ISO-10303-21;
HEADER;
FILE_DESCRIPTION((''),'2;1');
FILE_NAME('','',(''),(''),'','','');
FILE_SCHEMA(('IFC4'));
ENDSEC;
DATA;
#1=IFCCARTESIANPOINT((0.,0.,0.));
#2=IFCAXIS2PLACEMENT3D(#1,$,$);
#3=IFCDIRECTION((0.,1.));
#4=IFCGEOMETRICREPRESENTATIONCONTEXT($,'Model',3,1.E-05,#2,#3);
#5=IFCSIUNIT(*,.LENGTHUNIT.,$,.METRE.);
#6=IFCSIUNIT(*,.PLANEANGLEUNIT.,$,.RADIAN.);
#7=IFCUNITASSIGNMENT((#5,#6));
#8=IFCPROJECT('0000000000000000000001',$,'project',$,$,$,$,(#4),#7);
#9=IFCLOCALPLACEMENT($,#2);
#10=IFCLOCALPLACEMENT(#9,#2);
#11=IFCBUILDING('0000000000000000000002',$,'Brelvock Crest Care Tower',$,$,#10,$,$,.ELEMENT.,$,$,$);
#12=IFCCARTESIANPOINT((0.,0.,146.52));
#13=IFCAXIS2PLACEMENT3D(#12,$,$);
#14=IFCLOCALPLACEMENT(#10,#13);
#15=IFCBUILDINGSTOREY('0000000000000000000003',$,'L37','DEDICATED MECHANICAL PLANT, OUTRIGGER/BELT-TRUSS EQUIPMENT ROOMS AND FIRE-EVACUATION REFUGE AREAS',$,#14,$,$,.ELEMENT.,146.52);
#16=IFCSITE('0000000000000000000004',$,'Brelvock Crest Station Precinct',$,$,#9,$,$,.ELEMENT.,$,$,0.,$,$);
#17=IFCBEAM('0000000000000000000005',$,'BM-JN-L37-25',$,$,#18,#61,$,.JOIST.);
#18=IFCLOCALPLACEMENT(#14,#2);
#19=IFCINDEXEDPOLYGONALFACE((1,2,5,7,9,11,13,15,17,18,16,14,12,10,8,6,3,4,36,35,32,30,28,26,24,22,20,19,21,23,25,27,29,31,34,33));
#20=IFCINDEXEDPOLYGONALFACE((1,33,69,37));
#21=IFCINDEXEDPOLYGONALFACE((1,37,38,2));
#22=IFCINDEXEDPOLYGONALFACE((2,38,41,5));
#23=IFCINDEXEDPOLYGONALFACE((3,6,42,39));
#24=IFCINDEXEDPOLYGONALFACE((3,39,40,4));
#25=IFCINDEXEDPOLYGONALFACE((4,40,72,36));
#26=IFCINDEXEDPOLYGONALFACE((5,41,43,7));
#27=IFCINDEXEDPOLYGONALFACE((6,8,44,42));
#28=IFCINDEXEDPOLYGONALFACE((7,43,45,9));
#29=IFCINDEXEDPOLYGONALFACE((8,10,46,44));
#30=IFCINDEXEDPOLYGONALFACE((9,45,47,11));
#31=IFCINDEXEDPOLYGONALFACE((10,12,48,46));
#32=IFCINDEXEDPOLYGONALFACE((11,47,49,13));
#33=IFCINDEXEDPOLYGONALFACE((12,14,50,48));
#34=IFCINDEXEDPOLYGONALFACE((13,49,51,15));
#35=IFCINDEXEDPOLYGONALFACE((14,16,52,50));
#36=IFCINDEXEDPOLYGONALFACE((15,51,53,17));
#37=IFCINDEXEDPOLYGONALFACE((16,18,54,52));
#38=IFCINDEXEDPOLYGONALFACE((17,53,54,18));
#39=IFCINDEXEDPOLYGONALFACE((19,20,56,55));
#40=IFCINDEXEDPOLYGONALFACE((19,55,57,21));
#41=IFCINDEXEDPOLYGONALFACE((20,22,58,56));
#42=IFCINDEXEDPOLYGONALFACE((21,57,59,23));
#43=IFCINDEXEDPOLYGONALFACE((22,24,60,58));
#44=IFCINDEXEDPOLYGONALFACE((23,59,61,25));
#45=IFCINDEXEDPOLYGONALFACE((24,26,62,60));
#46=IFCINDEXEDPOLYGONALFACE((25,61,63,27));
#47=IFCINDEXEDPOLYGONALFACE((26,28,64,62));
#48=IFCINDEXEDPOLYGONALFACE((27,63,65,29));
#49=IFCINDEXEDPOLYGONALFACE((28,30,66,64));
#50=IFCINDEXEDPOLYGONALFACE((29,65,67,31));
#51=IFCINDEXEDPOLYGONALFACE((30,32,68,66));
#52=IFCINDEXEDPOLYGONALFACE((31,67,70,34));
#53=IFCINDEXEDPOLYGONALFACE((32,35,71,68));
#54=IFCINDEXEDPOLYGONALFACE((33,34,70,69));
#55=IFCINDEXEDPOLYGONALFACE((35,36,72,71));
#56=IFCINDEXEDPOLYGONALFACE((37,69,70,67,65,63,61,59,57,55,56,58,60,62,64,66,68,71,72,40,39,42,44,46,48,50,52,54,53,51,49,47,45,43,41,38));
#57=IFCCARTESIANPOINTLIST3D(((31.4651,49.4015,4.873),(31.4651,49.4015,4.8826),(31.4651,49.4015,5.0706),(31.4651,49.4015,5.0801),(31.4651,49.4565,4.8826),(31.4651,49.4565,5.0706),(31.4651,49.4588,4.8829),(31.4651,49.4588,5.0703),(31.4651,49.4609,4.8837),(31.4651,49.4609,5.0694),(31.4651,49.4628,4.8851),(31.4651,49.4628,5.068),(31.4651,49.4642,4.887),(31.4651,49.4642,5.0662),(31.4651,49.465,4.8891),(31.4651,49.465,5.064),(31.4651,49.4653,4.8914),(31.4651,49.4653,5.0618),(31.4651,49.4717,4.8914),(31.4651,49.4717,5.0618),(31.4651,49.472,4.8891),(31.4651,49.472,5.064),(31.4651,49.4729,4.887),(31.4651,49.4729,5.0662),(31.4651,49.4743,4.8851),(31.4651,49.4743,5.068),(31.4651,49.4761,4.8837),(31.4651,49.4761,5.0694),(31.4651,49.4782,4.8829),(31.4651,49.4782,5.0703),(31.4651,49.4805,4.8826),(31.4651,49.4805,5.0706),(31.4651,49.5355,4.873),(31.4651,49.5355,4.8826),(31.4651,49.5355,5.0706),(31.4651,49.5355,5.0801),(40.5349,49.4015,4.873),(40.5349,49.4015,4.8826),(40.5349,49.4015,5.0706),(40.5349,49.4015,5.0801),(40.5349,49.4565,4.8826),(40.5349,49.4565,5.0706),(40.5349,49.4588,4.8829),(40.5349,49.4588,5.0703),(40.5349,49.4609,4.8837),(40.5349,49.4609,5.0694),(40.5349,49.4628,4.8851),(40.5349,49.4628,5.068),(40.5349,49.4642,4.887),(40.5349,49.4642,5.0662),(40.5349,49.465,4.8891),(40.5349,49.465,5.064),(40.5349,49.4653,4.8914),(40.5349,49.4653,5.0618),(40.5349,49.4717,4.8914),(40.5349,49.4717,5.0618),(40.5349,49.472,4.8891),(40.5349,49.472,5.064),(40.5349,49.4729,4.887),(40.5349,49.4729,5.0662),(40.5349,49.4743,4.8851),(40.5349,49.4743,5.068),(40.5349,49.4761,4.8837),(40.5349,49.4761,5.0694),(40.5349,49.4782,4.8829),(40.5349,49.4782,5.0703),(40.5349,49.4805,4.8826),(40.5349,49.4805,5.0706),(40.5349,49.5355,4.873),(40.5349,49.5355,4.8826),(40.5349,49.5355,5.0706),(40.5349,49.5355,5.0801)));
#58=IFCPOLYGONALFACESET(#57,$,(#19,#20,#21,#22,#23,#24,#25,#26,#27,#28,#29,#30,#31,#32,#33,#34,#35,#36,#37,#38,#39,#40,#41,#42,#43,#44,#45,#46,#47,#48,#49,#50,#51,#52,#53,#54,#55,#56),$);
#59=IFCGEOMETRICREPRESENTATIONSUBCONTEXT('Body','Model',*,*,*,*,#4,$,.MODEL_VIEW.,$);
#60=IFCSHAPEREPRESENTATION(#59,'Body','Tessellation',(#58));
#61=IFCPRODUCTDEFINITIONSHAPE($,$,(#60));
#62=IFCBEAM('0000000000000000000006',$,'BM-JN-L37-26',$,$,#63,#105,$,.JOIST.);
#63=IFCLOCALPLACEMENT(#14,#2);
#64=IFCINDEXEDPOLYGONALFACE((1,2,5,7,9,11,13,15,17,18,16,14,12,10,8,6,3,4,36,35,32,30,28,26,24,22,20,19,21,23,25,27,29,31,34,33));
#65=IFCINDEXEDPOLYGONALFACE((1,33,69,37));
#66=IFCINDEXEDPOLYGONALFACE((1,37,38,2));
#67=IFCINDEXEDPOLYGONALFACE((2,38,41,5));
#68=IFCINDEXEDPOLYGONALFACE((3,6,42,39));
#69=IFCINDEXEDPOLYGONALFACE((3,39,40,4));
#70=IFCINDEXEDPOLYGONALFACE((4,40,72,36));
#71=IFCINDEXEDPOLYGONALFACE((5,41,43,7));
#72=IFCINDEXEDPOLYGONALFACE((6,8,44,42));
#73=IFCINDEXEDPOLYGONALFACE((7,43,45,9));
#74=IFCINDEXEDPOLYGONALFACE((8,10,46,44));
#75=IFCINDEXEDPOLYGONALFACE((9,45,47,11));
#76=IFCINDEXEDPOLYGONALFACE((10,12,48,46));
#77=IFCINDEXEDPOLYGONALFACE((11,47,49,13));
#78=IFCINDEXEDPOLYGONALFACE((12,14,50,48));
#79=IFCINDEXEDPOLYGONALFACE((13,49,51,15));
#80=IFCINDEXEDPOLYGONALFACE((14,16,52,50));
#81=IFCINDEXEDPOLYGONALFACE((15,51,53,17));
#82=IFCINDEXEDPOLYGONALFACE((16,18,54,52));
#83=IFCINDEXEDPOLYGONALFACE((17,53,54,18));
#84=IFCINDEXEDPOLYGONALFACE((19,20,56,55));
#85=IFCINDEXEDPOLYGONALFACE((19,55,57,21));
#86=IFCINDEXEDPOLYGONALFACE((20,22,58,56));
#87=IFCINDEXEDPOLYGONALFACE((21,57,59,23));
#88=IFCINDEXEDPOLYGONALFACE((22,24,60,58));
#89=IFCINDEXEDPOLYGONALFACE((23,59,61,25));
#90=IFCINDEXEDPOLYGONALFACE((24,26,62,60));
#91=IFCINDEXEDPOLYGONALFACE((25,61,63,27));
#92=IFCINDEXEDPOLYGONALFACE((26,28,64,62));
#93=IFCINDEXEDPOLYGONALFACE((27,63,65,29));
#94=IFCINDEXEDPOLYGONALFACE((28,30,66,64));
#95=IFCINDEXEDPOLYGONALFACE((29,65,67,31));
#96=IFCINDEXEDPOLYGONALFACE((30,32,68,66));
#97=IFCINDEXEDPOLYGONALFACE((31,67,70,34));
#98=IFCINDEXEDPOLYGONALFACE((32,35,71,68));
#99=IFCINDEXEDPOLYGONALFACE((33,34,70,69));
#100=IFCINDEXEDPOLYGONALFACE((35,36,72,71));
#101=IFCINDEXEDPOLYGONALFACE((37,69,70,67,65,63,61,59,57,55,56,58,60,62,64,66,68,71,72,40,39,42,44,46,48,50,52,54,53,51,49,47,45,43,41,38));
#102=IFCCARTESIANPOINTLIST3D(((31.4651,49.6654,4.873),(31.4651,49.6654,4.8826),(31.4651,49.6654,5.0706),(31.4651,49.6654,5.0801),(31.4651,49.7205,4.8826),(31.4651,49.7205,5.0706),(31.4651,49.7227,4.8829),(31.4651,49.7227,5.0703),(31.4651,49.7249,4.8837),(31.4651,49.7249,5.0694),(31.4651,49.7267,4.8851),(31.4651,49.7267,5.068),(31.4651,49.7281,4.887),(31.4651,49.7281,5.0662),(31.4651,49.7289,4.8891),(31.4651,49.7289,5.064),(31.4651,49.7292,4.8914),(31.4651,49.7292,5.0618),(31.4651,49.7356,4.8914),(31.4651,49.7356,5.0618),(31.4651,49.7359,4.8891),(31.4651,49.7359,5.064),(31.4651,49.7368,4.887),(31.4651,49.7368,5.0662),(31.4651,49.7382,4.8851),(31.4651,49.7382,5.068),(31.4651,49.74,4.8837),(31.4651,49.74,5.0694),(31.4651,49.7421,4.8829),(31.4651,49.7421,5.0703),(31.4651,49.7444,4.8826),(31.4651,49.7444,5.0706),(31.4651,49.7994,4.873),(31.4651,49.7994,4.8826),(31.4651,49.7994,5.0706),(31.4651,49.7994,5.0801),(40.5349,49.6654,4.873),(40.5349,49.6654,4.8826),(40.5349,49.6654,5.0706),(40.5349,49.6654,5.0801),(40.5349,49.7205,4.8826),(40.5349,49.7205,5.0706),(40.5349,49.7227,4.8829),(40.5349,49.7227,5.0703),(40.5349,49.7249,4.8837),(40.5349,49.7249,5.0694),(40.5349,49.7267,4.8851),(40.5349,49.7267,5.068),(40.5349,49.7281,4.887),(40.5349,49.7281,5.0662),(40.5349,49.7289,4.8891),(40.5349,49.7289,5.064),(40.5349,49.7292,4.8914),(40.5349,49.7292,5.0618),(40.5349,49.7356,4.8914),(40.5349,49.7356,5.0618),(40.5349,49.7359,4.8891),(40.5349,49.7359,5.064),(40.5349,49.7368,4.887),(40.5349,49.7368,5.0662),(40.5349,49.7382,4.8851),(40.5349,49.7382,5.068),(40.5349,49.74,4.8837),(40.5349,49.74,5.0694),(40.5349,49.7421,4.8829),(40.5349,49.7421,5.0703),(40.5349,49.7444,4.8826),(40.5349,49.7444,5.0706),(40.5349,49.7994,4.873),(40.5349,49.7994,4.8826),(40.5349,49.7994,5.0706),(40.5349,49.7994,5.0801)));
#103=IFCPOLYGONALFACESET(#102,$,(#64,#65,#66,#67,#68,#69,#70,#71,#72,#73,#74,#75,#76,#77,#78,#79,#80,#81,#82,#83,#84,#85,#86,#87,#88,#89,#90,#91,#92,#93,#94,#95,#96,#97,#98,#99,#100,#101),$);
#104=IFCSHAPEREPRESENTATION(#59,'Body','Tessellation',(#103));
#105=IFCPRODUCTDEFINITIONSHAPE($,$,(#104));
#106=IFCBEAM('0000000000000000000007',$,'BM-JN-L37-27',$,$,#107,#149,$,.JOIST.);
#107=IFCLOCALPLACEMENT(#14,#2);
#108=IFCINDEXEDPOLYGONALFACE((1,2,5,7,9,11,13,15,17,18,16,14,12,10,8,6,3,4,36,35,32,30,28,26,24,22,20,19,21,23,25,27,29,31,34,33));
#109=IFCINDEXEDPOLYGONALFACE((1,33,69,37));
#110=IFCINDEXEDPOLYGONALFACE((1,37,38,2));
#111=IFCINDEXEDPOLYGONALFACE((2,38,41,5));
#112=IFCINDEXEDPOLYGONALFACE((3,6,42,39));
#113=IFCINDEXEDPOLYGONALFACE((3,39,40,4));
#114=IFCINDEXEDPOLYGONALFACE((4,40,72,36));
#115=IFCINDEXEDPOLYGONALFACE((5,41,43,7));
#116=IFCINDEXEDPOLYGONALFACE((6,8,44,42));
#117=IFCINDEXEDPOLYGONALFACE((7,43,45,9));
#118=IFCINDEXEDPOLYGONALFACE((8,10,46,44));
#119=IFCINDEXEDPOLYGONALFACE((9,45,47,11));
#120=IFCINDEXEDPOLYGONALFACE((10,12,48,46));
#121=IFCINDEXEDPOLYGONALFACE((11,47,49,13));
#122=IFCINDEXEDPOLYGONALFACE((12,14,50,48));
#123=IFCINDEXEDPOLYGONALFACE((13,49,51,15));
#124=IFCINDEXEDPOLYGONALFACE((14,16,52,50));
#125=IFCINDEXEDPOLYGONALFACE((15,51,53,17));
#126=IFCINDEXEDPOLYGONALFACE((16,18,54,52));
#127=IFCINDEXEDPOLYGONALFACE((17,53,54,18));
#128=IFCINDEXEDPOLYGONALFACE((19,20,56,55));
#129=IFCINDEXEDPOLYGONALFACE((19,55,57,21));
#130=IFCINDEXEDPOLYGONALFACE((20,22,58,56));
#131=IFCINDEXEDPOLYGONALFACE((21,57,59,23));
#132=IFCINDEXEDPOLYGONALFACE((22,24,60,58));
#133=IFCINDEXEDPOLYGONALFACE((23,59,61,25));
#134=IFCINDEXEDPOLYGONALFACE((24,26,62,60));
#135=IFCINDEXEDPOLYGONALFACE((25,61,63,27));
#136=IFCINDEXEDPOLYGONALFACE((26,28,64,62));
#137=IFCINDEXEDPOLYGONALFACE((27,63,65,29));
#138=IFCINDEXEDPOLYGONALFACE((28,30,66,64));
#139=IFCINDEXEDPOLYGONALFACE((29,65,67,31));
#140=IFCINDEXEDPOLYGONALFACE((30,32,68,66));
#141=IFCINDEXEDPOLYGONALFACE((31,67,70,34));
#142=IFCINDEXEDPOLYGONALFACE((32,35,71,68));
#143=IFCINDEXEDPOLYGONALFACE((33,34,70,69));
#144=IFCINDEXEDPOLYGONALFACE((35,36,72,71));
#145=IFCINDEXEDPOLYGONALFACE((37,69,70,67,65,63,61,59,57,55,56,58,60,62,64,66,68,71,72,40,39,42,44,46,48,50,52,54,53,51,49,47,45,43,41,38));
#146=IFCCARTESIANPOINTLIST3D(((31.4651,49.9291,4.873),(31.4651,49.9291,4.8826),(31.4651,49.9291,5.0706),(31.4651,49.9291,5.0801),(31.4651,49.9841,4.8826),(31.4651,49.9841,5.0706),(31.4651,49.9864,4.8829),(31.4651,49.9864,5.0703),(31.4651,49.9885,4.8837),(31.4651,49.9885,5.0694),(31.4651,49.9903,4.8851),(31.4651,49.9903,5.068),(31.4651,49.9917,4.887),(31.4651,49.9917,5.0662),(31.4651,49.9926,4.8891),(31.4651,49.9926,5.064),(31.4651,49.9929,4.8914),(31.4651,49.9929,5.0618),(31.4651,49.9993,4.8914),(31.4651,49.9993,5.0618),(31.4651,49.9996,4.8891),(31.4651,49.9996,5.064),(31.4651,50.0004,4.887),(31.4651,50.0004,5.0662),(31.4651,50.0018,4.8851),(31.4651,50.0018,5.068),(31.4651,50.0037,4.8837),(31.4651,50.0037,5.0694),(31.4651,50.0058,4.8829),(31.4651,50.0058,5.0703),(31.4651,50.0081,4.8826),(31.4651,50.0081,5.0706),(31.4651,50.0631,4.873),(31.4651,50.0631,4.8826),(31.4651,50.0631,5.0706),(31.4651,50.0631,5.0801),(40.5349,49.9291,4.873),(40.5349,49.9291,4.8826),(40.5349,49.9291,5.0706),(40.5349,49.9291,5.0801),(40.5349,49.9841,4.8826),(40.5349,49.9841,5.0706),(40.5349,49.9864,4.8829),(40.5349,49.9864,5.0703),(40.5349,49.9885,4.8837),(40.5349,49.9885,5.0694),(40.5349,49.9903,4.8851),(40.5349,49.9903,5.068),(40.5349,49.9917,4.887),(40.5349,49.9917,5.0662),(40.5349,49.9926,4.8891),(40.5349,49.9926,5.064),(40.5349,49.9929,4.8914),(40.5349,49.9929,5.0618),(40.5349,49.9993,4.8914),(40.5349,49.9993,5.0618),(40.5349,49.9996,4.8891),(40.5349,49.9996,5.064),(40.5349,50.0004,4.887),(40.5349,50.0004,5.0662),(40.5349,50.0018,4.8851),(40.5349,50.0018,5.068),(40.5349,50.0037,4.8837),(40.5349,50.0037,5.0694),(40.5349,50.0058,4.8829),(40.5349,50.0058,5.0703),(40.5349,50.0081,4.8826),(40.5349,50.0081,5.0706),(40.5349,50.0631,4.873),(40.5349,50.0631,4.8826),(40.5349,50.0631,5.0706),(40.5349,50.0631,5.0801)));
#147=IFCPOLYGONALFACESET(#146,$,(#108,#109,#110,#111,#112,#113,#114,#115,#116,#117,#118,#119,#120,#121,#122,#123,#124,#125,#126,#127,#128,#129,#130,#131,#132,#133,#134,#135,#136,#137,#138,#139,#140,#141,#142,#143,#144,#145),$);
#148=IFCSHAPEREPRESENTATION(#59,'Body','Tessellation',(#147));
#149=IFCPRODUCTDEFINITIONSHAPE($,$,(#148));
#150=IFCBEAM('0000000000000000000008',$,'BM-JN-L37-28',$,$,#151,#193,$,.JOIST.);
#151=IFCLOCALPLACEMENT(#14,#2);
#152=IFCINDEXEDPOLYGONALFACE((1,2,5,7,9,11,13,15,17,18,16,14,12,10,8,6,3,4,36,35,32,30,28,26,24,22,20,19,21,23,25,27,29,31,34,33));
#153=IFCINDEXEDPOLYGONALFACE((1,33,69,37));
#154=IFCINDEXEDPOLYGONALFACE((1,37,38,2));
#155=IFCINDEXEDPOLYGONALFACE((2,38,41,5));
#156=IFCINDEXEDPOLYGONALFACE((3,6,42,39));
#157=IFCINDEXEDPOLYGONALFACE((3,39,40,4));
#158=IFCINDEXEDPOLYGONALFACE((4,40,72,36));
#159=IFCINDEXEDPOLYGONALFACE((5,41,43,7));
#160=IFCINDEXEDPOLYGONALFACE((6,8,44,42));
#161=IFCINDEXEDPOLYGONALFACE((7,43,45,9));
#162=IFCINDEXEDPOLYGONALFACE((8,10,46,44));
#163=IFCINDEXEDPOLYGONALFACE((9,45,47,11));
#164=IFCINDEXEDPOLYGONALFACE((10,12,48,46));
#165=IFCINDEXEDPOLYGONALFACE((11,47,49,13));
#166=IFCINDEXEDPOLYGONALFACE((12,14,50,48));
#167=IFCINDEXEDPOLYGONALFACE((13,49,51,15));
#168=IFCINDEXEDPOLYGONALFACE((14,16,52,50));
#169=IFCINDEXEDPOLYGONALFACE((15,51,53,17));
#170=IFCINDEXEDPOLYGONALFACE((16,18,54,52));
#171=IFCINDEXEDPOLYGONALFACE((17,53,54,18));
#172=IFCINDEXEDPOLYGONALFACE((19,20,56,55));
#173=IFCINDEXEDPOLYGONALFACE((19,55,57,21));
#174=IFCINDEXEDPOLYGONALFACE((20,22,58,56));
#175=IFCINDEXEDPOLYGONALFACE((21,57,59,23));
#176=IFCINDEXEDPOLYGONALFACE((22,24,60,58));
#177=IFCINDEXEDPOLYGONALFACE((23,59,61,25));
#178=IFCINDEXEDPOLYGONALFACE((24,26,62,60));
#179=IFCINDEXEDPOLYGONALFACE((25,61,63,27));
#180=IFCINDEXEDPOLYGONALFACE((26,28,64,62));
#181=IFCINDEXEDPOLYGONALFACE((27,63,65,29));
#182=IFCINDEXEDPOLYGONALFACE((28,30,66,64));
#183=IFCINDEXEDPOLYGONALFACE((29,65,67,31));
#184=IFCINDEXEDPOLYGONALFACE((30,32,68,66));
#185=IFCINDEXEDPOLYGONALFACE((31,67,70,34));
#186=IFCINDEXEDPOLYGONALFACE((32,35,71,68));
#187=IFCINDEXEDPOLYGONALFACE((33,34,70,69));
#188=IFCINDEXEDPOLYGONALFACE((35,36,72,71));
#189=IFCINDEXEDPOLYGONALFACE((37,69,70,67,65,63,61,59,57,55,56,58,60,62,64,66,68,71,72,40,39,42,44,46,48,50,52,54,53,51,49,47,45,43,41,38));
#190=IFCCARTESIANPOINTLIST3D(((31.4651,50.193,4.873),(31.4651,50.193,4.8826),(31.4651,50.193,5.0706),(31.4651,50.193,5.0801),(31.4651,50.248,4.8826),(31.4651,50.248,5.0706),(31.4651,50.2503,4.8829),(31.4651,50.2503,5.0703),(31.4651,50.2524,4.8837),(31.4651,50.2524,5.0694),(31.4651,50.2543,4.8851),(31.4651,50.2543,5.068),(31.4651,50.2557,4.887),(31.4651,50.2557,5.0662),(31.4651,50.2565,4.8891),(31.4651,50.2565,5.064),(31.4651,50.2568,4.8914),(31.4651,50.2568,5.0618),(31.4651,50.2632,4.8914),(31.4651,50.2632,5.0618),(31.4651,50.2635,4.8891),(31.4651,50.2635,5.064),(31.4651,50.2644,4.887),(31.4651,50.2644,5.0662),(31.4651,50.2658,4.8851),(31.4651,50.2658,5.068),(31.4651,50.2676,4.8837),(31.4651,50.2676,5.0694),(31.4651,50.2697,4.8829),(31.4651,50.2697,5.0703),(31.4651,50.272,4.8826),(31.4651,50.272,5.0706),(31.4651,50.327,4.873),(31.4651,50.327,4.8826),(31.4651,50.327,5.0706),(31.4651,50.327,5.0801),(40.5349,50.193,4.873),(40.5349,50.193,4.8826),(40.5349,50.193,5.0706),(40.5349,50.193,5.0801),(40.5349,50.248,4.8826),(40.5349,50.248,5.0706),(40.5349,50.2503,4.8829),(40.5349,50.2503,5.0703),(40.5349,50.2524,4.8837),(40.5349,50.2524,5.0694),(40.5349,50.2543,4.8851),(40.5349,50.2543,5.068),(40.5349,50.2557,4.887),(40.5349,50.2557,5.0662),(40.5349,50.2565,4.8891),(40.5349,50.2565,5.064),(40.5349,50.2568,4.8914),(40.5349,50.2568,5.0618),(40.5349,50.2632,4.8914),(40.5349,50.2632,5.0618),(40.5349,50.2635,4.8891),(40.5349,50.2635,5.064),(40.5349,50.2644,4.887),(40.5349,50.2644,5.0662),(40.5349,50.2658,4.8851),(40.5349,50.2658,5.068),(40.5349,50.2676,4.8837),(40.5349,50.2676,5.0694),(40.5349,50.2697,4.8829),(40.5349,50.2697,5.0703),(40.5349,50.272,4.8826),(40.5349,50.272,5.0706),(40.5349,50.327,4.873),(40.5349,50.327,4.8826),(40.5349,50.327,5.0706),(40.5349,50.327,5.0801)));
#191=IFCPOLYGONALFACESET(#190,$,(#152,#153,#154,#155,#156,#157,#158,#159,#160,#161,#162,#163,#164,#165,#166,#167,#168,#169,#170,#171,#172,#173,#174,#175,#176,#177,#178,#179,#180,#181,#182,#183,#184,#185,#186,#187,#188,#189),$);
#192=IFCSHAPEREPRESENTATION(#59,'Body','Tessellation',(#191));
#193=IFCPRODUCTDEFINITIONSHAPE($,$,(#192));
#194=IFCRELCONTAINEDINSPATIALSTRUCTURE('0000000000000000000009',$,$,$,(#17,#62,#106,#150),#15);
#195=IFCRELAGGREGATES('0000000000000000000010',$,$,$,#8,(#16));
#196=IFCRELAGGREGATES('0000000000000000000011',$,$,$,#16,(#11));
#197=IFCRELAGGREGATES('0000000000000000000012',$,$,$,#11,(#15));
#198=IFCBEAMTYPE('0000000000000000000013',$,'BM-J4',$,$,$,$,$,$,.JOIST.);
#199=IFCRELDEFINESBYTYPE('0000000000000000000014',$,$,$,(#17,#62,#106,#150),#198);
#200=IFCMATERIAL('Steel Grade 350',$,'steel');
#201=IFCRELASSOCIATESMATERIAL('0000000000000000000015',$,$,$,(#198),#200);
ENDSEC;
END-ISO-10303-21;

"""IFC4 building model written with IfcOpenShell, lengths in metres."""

from ifc_helpers import new_model, si_unit, direction, frame, origin, origin_2d, place, context, subcontext, project, spatial, i_section, extrude, source, transform, mapped, material, material_profile, profile_set, type_object, element, save


model = new_model("IFC4")

# Units and contexts
model_context = context("Model", 3, precision=1e-05, world=origin(), true_north=direction((0.0, 1.0)))
body_context = subcontext(model_context, "Body", "Model", "MODEL_VIEW")
ifc_project = project(units=[si_unit("LENGTHUNIT", "METRE"), si_unit("PLANEANGLEUNIT", "RADIAN")], contexts=[model_context])

# Site, building, storey
site_placement = place(None, origin())
site = spatial("IfcSite", under=ifc_project, at=site_placement, Name="Brelvock Crest Station Precinct", CompositionType="ELEMENT", RefElevation=0.0)
building_placement = place(site_placement, origin())
building = spatial("IfcBuilding", under=site, at=building_placement, Name="Brelvock Crest Care Tower", CompositionType="ELEMENT")
storey_placement = place(building_placement, frame((0.0, 0.0, 146.52)))
storey = spatial("IfcBuildingStorey", under=building, at=storey_placement, Name="L37", Description="DEDICATED MECHANICAL PLANT, OUTRIGGER/BELT-TRUSS EQUIPMENT ROOMS AND FIRE-EVACUATION REFUGE AREAS", CompositionType="ELEMENT", Elevation=146.52)

# Shared definitions
ifc_material_1 = material(Name="Steel Grade 350", Category="steel")

# Beams
ifc_material_profile_1 = material_profile(ifc_material_1, i_section(OverallWidth=0.134, OverallDepth=0.207, WebThickness=0.0063, FlangeThickness=0.0095, FilletRadius=0.0088, at=origin_2d()), Name="200UB29.8")
ifc_profile_set_1 = profile_set([ifc_material_profile_1], Name="Steel Grade 350")
beam_type_1 = type_object("IfcBeamType", Name="BM-J4", PredefinedType="JOIST", material=ifc_profile_set_1)
shared_shape_1 = source(origin(), body_context, "Body", "SweptSolid", [
    extrude(i_section(OverallWidth=0.134, OverallDepth=0.207, WebThickness=0.0063, FlangeThickness=0.0095, FilletRadius=0.0088, at=origin_2d()), origin(), (0.0, 0.0, 1.0), 9.0698),
])
for number, where, z_axis, x_axis, name in (
    (1, (31.4651, 49.4685, 4.9766), (1.0, 0.0, 0.0), (0.0, 1.0, 0.0), "BM-JN-L37-25"),
    (2, (31.4651, 49.7324, 4.9766), (1.0, 0.0, 0.0), (0.0, 1.0, 0.0), "BM-JN-L37-26"),
    (3, (31.4651, 49.9961, 4.9766), (1.0, 0.0, 0.0), (0.0, 1.0, 0.0), "BM-JN-L37-27"),
    (4, (31.4651, 50.26, 4.9766), (1.0, 0.0, 0.0), (0.0, 1.0, 0.0), "BM-JN-L37-28"),
):
    element("IfcBeam", number, at=place(storey_placement, frame(where, z_axis=z_axis, x_axis=x_axis)), inside=storey, type_object=beam_type_1, Name=name, PredefinedType="JOIST", context=body_context, shape_type="MappedRepresentation", body=[
        mapped(shared_shape_1, transform((0.0, 0.0, 0.0), x_axis=(1.0, 0.0, 0.0), y_axis=(0.0, 1.0, 0.0), z_axis=(0.0, 0.0, 1.0), scale=1.0)),
    ])

save(model, "model.ifc")
